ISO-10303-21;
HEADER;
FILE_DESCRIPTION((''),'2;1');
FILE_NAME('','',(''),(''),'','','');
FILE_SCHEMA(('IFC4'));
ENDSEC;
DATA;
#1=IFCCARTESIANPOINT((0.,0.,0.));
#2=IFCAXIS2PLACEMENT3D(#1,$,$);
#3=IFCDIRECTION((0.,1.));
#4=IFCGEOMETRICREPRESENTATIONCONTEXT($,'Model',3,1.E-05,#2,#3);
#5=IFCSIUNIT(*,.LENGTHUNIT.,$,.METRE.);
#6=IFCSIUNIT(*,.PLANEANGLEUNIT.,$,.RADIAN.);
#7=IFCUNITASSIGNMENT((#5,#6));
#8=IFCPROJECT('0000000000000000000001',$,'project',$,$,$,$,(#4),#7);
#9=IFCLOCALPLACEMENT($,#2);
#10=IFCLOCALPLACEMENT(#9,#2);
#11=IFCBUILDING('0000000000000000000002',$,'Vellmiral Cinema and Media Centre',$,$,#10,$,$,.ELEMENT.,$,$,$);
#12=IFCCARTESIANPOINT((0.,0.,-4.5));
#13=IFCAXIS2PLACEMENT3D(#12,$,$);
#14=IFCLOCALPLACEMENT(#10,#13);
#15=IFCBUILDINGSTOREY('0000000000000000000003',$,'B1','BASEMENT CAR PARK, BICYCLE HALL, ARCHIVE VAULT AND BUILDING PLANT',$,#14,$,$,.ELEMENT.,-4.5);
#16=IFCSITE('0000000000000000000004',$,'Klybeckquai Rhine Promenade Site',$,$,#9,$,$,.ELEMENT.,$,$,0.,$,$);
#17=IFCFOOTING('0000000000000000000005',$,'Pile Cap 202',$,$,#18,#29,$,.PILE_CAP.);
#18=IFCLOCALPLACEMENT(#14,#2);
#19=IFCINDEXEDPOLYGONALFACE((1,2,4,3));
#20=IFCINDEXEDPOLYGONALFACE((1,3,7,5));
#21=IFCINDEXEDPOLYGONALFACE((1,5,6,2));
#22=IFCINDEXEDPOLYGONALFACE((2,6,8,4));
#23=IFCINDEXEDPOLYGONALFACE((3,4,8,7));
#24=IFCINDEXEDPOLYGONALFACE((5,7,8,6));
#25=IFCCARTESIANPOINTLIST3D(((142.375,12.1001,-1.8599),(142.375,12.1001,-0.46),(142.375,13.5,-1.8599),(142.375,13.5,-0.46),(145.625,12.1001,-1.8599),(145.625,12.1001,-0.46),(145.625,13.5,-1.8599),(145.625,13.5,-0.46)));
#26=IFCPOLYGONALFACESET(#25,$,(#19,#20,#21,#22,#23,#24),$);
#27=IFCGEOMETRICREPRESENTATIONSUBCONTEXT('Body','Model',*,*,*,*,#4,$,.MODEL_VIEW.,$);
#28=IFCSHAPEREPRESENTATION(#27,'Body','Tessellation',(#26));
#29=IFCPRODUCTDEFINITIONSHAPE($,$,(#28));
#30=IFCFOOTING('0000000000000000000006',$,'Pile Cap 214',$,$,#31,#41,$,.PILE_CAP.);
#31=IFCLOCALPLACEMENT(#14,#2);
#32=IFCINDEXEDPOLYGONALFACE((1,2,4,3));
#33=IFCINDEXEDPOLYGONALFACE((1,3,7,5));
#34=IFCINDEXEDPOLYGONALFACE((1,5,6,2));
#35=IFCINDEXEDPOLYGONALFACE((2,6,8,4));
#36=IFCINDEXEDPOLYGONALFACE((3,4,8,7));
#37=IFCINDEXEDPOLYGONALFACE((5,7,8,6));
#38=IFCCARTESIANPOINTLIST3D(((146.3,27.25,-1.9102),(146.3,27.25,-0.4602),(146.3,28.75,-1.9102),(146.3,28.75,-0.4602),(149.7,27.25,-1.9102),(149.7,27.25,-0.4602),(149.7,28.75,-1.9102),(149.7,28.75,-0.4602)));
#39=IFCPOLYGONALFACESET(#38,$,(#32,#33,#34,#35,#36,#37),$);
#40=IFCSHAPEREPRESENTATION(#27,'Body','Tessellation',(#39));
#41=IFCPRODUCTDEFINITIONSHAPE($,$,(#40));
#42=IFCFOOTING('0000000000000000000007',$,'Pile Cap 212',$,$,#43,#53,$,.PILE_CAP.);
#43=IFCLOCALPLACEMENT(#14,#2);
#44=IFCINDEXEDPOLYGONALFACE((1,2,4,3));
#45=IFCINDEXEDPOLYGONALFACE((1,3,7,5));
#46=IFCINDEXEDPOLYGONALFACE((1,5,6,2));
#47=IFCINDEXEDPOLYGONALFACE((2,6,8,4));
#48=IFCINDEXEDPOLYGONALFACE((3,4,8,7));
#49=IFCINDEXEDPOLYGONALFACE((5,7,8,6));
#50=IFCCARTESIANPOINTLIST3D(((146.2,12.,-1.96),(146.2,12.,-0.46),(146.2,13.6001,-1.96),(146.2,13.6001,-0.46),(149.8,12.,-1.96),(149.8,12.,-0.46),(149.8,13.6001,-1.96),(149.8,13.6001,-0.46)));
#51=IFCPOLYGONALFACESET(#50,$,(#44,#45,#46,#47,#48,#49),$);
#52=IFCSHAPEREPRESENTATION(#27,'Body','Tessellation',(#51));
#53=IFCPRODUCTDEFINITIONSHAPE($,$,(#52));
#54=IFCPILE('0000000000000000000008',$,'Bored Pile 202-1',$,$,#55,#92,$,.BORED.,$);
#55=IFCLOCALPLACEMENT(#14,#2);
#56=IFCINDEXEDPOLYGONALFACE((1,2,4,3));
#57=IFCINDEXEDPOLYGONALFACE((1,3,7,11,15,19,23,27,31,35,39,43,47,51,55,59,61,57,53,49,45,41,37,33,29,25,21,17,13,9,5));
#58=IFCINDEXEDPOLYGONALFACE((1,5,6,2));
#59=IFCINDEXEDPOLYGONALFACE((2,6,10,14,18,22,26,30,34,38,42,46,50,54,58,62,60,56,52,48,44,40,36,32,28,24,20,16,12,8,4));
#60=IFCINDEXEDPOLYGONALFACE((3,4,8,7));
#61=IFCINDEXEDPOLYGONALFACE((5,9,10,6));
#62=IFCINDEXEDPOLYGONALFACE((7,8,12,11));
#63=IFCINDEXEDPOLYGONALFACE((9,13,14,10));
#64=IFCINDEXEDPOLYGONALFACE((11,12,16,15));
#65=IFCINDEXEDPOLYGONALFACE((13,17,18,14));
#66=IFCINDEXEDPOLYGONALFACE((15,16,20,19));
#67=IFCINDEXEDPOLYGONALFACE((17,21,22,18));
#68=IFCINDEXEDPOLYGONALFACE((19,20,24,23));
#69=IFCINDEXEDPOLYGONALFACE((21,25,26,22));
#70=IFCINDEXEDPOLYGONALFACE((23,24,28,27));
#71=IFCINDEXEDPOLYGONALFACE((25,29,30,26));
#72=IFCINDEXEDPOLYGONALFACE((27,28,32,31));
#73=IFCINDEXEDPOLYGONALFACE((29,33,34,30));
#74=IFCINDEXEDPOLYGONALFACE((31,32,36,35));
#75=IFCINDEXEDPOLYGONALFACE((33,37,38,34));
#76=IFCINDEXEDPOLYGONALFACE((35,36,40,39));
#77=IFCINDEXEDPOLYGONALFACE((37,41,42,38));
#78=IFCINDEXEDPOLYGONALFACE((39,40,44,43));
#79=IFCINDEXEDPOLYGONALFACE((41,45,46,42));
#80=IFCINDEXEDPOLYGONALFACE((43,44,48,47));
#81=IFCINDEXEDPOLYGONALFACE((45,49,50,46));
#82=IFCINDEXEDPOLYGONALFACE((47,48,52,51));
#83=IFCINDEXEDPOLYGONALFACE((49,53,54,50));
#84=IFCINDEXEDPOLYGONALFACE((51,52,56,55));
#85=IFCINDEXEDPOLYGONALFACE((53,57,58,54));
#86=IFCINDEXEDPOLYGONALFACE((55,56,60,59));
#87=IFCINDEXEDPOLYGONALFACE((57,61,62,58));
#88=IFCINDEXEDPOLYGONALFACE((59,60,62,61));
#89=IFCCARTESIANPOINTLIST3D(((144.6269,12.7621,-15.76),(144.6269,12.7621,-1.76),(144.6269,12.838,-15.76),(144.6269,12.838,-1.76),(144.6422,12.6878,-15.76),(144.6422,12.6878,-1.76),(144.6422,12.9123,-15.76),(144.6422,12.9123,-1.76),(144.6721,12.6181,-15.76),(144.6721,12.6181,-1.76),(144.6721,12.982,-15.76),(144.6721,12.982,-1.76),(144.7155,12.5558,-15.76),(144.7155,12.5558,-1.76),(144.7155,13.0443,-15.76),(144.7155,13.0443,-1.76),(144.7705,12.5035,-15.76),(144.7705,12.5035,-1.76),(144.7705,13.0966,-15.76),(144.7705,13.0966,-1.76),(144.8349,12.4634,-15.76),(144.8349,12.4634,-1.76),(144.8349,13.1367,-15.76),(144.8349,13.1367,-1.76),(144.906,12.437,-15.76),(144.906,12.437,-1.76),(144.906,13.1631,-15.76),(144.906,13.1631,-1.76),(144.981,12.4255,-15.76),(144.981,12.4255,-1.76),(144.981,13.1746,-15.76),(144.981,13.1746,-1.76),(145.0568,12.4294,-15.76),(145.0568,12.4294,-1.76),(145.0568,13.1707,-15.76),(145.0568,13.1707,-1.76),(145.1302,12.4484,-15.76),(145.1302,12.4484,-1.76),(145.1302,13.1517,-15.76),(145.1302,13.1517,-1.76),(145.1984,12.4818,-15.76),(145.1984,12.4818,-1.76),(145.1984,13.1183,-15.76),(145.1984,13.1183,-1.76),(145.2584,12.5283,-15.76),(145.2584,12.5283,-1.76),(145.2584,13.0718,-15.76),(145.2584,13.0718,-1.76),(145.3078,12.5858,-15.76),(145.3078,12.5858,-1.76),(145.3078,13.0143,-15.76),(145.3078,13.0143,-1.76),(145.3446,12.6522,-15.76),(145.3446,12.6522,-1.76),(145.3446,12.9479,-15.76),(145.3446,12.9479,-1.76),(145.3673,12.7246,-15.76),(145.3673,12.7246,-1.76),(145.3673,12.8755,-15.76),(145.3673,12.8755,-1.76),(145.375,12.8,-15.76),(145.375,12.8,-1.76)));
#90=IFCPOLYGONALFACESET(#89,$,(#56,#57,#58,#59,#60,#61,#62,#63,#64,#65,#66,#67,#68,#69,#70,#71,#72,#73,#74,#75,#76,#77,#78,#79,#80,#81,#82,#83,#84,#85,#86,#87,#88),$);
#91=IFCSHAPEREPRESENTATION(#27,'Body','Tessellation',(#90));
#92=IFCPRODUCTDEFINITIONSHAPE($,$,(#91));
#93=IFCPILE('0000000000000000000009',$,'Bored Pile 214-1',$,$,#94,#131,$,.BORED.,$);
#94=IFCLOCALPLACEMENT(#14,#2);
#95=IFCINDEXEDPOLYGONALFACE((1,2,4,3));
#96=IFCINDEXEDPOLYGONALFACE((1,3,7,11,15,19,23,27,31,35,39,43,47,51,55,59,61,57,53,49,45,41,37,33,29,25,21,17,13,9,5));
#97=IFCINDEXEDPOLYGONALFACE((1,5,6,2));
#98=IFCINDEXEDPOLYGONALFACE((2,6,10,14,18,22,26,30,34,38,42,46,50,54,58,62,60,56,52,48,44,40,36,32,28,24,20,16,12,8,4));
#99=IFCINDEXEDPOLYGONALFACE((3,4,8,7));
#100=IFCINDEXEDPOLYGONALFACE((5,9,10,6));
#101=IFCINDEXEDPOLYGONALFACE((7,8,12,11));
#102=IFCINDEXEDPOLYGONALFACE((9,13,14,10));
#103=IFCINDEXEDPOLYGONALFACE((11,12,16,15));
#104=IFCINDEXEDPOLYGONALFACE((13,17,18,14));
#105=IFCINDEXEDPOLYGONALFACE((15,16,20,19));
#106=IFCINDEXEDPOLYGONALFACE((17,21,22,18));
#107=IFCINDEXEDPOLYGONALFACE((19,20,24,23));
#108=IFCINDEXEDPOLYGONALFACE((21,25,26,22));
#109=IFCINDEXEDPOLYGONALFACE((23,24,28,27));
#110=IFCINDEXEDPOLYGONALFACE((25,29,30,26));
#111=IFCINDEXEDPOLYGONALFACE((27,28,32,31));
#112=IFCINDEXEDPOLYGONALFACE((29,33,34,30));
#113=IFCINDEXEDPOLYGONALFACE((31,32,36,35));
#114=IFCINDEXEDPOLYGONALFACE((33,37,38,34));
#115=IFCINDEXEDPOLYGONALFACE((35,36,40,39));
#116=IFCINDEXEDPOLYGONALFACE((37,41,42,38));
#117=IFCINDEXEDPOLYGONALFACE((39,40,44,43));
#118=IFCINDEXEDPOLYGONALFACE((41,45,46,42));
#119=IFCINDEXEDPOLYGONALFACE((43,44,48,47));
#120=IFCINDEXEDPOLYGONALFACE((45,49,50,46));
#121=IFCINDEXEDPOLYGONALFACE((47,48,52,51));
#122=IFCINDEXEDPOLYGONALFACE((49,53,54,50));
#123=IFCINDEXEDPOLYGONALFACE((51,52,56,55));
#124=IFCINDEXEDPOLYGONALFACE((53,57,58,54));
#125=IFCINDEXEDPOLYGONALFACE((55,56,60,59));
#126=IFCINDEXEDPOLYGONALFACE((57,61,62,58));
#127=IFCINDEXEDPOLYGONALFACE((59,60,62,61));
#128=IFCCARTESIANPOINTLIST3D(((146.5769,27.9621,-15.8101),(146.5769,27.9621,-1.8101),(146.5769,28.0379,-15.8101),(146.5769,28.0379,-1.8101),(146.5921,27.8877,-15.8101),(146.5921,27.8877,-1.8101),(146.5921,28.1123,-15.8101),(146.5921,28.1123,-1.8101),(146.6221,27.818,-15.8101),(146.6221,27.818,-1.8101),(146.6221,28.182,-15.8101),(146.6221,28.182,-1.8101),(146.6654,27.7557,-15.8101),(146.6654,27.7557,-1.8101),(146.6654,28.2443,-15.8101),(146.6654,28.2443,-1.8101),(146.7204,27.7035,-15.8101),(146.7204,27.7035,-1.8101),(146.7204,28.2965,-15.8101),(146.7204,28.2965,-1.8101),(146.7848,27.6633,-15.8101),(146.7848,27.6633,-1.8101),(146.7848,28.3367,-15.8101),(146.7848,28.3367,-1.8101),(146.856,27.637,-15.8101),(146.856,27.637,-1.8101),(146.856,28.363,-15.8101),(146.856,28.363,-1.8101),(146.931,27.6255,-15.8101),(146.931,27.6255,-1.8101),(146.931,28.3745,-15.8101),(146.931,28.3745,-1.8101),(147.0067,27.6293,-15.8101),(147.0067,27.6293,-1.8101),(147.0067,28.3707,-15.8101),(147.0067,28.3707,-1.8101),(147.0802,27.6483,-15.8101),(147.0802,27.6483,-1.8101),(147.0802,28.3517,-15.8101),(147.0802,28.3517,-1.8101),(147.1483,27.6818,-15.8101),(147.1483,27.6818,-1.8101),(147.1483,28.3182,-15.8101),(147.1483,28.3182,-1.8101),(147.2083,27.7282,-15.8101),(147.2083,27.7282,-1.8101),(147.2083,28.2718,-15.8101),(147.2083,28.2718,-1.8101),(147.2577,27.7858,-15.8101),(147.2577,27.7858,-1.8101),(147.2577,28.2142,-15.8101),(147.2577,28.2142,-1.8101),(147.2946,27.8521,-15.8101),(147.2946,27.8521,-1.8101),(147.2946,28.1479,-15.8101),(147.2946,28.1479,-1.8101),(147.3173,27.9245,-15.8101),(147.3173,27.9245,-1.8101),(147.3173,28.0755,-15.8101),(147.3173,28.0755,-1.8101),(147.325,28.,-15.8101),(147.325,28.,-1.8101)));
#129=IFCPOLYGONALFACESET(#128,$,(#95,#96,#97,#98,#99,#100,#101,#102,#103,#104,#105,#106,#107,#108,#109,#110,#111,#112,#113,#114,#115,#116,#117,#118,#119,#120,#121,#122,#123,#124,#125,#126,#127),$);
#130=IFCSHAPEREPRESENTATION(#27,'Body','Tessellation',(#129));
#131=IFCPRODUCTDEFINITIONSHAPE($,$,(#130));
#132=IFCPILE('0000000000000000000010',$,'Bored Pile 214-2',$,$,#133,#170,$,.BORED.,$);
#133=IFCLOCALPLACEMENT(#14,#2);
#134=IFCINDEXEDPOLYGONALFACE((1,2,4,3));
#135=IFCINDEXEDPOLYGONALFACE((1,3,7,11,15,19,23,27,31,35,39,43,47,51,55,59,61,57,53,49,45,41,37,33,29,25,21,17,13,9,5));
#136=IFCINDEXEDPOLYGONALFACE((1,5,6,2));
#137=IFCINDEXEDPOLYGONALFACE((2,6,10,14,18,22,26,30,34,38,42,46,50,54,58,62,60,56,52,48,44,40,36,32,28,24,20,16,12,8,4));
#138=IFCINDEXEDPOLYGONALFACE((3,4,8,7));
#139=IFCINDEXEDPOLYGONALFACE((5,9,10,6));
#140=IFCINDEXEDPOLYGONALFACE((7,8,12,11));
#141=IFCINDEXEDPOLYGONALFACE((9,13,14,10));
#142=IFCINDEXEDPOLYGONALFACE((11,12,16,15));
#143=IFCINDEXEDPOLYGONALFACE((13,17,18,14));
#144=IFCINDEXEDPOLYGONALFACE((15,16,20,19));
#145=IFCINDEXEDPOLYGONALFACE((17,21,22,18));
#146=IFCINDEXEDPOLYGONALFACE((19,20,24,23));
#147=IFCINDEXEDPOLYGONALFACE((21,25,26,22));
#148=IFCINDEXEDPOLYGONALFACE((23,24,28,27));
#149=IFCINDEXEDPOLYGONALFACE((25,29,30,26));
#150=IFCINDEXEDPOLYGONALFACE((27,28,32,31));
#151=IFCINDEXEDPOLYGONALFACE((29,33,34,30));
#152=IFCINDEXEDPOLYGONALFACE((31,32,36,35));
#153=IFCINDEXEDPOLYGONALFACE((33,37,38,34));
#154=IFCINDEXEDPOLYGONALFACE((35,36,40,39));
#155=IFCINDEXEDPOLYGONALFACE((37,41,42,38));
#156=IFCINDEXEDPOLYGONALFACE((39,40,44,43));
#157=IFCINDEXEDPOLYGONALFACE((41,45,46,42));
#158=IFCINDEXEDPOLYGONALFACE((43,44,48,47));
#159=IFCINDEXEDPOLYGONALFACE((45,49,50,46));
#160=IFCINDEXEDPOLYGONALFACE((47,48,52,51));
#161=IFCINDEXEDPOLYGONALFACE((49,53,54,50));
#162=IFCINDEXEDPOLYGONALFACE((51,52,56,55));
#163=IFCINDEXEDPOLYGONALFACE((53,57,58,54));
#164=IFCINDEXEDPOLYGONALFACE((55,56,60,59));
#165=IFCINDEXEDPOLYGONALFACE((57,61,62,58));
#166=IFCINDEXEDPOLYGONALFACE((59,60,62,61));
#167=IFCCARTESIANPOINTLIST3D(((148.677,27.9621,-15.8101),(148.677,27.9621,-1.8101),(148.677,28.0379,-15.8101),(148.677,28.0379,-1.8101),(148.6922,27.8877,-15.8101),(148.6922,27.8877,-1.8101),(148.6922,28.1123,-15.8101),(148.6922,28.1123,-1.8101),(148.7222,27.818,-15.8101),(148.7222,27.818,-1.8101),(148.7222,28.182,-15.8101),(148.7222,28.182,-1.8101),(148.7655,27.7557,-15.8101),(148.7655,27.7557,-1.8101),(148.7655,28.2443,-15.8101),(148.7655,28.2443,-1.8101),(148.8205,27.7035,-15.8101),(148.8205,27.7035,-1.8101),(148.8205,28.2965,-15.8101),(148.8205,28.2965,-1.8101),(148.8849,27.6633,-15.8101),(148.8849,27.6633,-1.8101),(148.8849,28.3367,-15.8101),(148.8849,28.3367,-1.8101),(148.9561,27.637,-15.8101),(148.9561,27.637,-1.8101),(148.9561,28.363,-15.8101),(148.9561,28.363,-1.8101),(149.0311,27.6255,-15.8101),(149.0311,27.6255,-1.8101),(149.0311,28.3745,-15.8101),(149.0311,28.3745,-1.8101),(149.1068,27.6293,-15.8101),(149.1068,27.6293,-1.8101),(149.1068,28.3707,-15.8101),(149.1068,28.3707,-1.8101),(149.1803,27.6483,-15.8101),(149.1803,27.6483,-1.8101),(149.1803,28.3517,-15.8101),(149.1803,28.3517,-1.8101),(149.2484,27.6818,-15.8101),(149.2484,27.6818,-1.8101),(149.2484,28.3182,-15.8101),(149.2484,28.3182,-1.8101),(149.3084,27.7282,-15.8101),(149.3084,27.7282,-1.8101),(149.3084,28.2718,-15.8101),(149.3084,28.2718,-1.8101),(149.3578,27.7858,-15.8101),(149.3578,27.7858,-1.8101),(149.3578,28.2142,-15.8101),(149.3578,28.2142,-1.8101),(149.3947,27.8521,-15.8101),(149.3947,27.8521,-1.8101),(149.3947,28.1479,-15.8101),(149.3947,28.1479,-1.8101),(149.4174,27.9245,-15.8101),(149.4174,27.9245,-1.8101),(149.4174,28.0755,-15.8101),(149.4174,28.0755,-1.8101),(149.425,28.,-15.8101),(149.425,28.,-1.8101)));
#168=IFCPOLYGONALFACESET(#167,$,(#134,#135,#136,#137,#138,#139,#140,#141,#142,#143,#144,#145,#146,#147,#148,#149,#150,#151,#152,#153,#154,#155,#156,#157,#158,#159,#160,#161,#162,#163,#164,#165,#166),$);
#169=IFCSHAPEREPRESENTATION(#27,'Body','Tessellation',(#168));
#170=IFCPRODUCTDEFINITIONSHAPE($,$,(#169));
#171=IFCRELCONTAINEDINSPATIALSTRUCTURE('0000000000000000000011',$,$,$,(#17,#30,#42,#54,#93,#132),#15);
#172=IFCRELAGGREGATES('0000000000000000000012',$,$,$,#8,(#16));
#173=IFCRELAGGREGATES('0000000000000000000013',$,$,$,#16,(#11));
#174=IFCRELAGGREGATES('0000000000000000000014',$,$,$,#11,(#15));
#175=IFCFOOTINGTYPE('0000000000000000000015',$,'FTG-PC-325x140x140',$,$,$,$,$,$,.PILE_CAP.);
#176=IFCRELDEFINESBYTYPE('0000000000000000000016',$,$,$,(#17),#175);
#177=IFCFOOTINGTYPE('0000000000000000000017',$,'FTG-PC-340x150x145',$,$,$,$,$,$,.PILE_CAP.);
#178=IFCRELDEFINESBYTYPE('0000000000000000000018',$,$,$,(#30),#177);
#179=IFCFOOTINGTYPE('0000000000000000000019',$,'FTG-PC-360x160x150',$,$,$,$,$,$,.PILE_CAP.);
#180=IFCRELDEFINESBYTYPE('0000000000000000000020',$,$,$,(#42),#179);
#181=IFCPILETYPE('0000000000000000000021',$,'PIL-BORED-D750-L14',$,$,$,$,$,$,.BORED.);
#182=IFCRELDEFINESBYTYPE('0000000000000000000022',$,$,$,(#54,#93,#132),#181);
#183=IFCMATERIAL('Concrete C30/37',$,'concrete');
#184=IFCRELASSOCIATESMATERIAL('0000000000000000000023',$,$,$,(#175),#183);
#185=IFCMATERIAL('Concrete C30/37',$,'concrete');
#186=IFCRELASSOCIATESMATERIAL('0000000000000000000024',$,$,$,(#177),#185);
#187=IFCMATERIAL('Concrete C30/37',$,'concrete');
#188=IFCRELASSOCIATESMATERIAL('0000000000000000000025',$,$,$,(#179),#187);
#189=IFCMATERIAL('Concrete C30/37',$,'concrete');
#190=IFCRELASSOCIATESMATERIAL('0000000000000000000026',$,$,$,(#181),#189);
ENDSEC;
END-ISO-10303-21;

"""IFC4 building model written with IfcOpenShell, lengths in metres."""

from ifc_helpers import new_model, si_unit, direction, frame, origin, origin_2d, place, context, subcontext, project, spatial, rectangle, circle, extrude, material, material_profile, profile_set, type_object, element, save


model = new_model("IFC4")

# Units and contexts
model_context = context("Model", 3, precision=1e-05, world=origin(), true_north=direction((0.0, 1.0)))
body_context = subcontext(model_context, "Body", "Model", "MODEL_VIEW")
ifc_project = project(units=[si_unit("LENGTHUNIT", "METRE"), si_unit("PLANEANGLEUNIT", "RADIAN")], contexts=[model_context])

# Site, building, storey
site_placement = place(None, origin())
site = spatial("IfcSite", under=ifc_project, at=site_placement, Name="Klybeckquai Rhine Promenade Site", CompositionType="ELEMENT", RefElevation=0.0)
building_placement = place(site_placement, origin())
building = spatial("IfcBuilding", under=site, at=building_placement, Name="Vellmiral Cinema and Media Centre", CompositionType="ELEMENT")
storey_placement = place(building_placement, frame((0.0, 0.0, -4.5)))
storey = spatial("IfcBuildingStorey", under=building, at=storey_placement, Name="B1", Description="BASEMENT CAR PARK, BICYCLE HALL, ARCHIVE VAULT AND BUILDING PLANT", CompositionType="ELEMENT", Elevation=-4.5)

# Footings
ifc_material_1 = material(Name="Concrete C30/37", Category="concrete")
footing_type_1 = type_object("IfcFootingType", Name="FTG-PC-325x140x140", PredefinedType="PILE_CAP", material=ifc_material_1)
footing_1_placement = place(storey_placement, frame((144.0, 12.8, -1.8599), z_axis=(0.0, 0.0, 1.0), x_axis=(1.0, 0.0, 0.0)))
element("IfcFooting", 1, at=footing_1_placement, inside=storey, type_object=footing_type_1, Name="Pile Cap 202", PredefinedType="PILE_CAP", context=body_context, shape_type="SweptSolid", body=[
    extrude(rectangle(XDim=3.25, YDim=1.3999, at=origin_2d()), origin(), (0.0, 0.0, 1.0), 1.3999),
])
ifc_material_2 = material(Name="Concrete C30/37", Category="concrete")
footing_type_2 = type_object("IfcFootingType", Name="FTG-PC-340x150x145", PredefinedType="PILE_CAP", material=ifc_material_2)
footing_2_placement = place(storey_placement, frame((148.0, 28.0, -1.9102), z_axis=(0.0, 0.0, 1.0), x_axis=(1.0, 0.0, 0.0)))
element("IfcFooting", 2, at=footing_2_placement, inside=storey, type_object=footing_type_2, Name="Pile Cap 214", PredefinedType="PILE_CAP", context=body_context, shape_type="SweptSolid", body=[
    extrude(rectangle(XDim=3.3999, YDim=1.5, at=origin_2d()), origin(), (0.0, 0.0, 1.0), 1.45),
])
ifc_material_3 = material(Name="Concrete C30/37", Category="concrete")
footing_type_3 = type_object("IfcFootingType", Name="FTG-PC-360x160x150", PredefinedType="PILE_CAP", material=ifc_material_3)
footing_3_placement = place(storey_placement, frame((148.0, 12.8, -1.96), z_axis=(0.0, 0.0, 1.0), x_axis=(1.0, 0.0, 0.0)))
element("IfcFooting", 3, at=footing_3_placement, inside=storey, type_object=footing_type_3, Name="Pile Cap 212", PredefinedType="PILE_CAP", context=body_context, shape_type="SweptSolid", body=[
    extrude(rectangle(XDim=3.6001, YDim=1.6001, at=origin_2d()), origin(), (0.0, 0.0, 1.0), 1.5),
])

# Piles
ifc_material_4 = material(Name="Concrete C30/37", Category="concrete")
ifc_material_profile_1 = material_profile(ifc_material_4, circle(Radius=0.375, at=origin_2d()), Name="PILE D750")
ifc_profile_set_1 = profile_set([ifc_material_profile_1], Name="Concrete C30/37")
pile_type_1 = type_object("IfcPileType", Name="PIL-BORED-D750-L14", PredefinedType="BORED", material=ifc_profile_set_1)
for number, where, z_axis, x_axis, name in (
    (4, (145.0, 12.8, -1.76), (0.0, 0.0, -1.0), (1.0, 0.0, 0.0), "Bored Pile 202-1"),
    (5, (146.95, 28.0, -1.8101), (0.0, 0.0, -1.0), (1.0, 0.0, 0.0), "Bored Pile 214-1"),
    (6, (149.05, 28.0, -1.8101), (0.0, 0.0, -1.0), (1.0, 0.0, 0.0), "Bored Pile 214-2"),
):
    element("IfcPile", number, at=place(storey_placement, frame(where, z_axis=z_axis, x_axis=x_axis)), inside=storey, type_object=pile_type_1, Name=name, PredefinedType="BORED", context=body_context, shape_type="SweptSolid", body=[
        extrude(circle(Radius=0.375, at=origin_2d()), origin(), (0.0, 0.0, 1.0), 14.0),
    ])

save(model, "model.ifc")
